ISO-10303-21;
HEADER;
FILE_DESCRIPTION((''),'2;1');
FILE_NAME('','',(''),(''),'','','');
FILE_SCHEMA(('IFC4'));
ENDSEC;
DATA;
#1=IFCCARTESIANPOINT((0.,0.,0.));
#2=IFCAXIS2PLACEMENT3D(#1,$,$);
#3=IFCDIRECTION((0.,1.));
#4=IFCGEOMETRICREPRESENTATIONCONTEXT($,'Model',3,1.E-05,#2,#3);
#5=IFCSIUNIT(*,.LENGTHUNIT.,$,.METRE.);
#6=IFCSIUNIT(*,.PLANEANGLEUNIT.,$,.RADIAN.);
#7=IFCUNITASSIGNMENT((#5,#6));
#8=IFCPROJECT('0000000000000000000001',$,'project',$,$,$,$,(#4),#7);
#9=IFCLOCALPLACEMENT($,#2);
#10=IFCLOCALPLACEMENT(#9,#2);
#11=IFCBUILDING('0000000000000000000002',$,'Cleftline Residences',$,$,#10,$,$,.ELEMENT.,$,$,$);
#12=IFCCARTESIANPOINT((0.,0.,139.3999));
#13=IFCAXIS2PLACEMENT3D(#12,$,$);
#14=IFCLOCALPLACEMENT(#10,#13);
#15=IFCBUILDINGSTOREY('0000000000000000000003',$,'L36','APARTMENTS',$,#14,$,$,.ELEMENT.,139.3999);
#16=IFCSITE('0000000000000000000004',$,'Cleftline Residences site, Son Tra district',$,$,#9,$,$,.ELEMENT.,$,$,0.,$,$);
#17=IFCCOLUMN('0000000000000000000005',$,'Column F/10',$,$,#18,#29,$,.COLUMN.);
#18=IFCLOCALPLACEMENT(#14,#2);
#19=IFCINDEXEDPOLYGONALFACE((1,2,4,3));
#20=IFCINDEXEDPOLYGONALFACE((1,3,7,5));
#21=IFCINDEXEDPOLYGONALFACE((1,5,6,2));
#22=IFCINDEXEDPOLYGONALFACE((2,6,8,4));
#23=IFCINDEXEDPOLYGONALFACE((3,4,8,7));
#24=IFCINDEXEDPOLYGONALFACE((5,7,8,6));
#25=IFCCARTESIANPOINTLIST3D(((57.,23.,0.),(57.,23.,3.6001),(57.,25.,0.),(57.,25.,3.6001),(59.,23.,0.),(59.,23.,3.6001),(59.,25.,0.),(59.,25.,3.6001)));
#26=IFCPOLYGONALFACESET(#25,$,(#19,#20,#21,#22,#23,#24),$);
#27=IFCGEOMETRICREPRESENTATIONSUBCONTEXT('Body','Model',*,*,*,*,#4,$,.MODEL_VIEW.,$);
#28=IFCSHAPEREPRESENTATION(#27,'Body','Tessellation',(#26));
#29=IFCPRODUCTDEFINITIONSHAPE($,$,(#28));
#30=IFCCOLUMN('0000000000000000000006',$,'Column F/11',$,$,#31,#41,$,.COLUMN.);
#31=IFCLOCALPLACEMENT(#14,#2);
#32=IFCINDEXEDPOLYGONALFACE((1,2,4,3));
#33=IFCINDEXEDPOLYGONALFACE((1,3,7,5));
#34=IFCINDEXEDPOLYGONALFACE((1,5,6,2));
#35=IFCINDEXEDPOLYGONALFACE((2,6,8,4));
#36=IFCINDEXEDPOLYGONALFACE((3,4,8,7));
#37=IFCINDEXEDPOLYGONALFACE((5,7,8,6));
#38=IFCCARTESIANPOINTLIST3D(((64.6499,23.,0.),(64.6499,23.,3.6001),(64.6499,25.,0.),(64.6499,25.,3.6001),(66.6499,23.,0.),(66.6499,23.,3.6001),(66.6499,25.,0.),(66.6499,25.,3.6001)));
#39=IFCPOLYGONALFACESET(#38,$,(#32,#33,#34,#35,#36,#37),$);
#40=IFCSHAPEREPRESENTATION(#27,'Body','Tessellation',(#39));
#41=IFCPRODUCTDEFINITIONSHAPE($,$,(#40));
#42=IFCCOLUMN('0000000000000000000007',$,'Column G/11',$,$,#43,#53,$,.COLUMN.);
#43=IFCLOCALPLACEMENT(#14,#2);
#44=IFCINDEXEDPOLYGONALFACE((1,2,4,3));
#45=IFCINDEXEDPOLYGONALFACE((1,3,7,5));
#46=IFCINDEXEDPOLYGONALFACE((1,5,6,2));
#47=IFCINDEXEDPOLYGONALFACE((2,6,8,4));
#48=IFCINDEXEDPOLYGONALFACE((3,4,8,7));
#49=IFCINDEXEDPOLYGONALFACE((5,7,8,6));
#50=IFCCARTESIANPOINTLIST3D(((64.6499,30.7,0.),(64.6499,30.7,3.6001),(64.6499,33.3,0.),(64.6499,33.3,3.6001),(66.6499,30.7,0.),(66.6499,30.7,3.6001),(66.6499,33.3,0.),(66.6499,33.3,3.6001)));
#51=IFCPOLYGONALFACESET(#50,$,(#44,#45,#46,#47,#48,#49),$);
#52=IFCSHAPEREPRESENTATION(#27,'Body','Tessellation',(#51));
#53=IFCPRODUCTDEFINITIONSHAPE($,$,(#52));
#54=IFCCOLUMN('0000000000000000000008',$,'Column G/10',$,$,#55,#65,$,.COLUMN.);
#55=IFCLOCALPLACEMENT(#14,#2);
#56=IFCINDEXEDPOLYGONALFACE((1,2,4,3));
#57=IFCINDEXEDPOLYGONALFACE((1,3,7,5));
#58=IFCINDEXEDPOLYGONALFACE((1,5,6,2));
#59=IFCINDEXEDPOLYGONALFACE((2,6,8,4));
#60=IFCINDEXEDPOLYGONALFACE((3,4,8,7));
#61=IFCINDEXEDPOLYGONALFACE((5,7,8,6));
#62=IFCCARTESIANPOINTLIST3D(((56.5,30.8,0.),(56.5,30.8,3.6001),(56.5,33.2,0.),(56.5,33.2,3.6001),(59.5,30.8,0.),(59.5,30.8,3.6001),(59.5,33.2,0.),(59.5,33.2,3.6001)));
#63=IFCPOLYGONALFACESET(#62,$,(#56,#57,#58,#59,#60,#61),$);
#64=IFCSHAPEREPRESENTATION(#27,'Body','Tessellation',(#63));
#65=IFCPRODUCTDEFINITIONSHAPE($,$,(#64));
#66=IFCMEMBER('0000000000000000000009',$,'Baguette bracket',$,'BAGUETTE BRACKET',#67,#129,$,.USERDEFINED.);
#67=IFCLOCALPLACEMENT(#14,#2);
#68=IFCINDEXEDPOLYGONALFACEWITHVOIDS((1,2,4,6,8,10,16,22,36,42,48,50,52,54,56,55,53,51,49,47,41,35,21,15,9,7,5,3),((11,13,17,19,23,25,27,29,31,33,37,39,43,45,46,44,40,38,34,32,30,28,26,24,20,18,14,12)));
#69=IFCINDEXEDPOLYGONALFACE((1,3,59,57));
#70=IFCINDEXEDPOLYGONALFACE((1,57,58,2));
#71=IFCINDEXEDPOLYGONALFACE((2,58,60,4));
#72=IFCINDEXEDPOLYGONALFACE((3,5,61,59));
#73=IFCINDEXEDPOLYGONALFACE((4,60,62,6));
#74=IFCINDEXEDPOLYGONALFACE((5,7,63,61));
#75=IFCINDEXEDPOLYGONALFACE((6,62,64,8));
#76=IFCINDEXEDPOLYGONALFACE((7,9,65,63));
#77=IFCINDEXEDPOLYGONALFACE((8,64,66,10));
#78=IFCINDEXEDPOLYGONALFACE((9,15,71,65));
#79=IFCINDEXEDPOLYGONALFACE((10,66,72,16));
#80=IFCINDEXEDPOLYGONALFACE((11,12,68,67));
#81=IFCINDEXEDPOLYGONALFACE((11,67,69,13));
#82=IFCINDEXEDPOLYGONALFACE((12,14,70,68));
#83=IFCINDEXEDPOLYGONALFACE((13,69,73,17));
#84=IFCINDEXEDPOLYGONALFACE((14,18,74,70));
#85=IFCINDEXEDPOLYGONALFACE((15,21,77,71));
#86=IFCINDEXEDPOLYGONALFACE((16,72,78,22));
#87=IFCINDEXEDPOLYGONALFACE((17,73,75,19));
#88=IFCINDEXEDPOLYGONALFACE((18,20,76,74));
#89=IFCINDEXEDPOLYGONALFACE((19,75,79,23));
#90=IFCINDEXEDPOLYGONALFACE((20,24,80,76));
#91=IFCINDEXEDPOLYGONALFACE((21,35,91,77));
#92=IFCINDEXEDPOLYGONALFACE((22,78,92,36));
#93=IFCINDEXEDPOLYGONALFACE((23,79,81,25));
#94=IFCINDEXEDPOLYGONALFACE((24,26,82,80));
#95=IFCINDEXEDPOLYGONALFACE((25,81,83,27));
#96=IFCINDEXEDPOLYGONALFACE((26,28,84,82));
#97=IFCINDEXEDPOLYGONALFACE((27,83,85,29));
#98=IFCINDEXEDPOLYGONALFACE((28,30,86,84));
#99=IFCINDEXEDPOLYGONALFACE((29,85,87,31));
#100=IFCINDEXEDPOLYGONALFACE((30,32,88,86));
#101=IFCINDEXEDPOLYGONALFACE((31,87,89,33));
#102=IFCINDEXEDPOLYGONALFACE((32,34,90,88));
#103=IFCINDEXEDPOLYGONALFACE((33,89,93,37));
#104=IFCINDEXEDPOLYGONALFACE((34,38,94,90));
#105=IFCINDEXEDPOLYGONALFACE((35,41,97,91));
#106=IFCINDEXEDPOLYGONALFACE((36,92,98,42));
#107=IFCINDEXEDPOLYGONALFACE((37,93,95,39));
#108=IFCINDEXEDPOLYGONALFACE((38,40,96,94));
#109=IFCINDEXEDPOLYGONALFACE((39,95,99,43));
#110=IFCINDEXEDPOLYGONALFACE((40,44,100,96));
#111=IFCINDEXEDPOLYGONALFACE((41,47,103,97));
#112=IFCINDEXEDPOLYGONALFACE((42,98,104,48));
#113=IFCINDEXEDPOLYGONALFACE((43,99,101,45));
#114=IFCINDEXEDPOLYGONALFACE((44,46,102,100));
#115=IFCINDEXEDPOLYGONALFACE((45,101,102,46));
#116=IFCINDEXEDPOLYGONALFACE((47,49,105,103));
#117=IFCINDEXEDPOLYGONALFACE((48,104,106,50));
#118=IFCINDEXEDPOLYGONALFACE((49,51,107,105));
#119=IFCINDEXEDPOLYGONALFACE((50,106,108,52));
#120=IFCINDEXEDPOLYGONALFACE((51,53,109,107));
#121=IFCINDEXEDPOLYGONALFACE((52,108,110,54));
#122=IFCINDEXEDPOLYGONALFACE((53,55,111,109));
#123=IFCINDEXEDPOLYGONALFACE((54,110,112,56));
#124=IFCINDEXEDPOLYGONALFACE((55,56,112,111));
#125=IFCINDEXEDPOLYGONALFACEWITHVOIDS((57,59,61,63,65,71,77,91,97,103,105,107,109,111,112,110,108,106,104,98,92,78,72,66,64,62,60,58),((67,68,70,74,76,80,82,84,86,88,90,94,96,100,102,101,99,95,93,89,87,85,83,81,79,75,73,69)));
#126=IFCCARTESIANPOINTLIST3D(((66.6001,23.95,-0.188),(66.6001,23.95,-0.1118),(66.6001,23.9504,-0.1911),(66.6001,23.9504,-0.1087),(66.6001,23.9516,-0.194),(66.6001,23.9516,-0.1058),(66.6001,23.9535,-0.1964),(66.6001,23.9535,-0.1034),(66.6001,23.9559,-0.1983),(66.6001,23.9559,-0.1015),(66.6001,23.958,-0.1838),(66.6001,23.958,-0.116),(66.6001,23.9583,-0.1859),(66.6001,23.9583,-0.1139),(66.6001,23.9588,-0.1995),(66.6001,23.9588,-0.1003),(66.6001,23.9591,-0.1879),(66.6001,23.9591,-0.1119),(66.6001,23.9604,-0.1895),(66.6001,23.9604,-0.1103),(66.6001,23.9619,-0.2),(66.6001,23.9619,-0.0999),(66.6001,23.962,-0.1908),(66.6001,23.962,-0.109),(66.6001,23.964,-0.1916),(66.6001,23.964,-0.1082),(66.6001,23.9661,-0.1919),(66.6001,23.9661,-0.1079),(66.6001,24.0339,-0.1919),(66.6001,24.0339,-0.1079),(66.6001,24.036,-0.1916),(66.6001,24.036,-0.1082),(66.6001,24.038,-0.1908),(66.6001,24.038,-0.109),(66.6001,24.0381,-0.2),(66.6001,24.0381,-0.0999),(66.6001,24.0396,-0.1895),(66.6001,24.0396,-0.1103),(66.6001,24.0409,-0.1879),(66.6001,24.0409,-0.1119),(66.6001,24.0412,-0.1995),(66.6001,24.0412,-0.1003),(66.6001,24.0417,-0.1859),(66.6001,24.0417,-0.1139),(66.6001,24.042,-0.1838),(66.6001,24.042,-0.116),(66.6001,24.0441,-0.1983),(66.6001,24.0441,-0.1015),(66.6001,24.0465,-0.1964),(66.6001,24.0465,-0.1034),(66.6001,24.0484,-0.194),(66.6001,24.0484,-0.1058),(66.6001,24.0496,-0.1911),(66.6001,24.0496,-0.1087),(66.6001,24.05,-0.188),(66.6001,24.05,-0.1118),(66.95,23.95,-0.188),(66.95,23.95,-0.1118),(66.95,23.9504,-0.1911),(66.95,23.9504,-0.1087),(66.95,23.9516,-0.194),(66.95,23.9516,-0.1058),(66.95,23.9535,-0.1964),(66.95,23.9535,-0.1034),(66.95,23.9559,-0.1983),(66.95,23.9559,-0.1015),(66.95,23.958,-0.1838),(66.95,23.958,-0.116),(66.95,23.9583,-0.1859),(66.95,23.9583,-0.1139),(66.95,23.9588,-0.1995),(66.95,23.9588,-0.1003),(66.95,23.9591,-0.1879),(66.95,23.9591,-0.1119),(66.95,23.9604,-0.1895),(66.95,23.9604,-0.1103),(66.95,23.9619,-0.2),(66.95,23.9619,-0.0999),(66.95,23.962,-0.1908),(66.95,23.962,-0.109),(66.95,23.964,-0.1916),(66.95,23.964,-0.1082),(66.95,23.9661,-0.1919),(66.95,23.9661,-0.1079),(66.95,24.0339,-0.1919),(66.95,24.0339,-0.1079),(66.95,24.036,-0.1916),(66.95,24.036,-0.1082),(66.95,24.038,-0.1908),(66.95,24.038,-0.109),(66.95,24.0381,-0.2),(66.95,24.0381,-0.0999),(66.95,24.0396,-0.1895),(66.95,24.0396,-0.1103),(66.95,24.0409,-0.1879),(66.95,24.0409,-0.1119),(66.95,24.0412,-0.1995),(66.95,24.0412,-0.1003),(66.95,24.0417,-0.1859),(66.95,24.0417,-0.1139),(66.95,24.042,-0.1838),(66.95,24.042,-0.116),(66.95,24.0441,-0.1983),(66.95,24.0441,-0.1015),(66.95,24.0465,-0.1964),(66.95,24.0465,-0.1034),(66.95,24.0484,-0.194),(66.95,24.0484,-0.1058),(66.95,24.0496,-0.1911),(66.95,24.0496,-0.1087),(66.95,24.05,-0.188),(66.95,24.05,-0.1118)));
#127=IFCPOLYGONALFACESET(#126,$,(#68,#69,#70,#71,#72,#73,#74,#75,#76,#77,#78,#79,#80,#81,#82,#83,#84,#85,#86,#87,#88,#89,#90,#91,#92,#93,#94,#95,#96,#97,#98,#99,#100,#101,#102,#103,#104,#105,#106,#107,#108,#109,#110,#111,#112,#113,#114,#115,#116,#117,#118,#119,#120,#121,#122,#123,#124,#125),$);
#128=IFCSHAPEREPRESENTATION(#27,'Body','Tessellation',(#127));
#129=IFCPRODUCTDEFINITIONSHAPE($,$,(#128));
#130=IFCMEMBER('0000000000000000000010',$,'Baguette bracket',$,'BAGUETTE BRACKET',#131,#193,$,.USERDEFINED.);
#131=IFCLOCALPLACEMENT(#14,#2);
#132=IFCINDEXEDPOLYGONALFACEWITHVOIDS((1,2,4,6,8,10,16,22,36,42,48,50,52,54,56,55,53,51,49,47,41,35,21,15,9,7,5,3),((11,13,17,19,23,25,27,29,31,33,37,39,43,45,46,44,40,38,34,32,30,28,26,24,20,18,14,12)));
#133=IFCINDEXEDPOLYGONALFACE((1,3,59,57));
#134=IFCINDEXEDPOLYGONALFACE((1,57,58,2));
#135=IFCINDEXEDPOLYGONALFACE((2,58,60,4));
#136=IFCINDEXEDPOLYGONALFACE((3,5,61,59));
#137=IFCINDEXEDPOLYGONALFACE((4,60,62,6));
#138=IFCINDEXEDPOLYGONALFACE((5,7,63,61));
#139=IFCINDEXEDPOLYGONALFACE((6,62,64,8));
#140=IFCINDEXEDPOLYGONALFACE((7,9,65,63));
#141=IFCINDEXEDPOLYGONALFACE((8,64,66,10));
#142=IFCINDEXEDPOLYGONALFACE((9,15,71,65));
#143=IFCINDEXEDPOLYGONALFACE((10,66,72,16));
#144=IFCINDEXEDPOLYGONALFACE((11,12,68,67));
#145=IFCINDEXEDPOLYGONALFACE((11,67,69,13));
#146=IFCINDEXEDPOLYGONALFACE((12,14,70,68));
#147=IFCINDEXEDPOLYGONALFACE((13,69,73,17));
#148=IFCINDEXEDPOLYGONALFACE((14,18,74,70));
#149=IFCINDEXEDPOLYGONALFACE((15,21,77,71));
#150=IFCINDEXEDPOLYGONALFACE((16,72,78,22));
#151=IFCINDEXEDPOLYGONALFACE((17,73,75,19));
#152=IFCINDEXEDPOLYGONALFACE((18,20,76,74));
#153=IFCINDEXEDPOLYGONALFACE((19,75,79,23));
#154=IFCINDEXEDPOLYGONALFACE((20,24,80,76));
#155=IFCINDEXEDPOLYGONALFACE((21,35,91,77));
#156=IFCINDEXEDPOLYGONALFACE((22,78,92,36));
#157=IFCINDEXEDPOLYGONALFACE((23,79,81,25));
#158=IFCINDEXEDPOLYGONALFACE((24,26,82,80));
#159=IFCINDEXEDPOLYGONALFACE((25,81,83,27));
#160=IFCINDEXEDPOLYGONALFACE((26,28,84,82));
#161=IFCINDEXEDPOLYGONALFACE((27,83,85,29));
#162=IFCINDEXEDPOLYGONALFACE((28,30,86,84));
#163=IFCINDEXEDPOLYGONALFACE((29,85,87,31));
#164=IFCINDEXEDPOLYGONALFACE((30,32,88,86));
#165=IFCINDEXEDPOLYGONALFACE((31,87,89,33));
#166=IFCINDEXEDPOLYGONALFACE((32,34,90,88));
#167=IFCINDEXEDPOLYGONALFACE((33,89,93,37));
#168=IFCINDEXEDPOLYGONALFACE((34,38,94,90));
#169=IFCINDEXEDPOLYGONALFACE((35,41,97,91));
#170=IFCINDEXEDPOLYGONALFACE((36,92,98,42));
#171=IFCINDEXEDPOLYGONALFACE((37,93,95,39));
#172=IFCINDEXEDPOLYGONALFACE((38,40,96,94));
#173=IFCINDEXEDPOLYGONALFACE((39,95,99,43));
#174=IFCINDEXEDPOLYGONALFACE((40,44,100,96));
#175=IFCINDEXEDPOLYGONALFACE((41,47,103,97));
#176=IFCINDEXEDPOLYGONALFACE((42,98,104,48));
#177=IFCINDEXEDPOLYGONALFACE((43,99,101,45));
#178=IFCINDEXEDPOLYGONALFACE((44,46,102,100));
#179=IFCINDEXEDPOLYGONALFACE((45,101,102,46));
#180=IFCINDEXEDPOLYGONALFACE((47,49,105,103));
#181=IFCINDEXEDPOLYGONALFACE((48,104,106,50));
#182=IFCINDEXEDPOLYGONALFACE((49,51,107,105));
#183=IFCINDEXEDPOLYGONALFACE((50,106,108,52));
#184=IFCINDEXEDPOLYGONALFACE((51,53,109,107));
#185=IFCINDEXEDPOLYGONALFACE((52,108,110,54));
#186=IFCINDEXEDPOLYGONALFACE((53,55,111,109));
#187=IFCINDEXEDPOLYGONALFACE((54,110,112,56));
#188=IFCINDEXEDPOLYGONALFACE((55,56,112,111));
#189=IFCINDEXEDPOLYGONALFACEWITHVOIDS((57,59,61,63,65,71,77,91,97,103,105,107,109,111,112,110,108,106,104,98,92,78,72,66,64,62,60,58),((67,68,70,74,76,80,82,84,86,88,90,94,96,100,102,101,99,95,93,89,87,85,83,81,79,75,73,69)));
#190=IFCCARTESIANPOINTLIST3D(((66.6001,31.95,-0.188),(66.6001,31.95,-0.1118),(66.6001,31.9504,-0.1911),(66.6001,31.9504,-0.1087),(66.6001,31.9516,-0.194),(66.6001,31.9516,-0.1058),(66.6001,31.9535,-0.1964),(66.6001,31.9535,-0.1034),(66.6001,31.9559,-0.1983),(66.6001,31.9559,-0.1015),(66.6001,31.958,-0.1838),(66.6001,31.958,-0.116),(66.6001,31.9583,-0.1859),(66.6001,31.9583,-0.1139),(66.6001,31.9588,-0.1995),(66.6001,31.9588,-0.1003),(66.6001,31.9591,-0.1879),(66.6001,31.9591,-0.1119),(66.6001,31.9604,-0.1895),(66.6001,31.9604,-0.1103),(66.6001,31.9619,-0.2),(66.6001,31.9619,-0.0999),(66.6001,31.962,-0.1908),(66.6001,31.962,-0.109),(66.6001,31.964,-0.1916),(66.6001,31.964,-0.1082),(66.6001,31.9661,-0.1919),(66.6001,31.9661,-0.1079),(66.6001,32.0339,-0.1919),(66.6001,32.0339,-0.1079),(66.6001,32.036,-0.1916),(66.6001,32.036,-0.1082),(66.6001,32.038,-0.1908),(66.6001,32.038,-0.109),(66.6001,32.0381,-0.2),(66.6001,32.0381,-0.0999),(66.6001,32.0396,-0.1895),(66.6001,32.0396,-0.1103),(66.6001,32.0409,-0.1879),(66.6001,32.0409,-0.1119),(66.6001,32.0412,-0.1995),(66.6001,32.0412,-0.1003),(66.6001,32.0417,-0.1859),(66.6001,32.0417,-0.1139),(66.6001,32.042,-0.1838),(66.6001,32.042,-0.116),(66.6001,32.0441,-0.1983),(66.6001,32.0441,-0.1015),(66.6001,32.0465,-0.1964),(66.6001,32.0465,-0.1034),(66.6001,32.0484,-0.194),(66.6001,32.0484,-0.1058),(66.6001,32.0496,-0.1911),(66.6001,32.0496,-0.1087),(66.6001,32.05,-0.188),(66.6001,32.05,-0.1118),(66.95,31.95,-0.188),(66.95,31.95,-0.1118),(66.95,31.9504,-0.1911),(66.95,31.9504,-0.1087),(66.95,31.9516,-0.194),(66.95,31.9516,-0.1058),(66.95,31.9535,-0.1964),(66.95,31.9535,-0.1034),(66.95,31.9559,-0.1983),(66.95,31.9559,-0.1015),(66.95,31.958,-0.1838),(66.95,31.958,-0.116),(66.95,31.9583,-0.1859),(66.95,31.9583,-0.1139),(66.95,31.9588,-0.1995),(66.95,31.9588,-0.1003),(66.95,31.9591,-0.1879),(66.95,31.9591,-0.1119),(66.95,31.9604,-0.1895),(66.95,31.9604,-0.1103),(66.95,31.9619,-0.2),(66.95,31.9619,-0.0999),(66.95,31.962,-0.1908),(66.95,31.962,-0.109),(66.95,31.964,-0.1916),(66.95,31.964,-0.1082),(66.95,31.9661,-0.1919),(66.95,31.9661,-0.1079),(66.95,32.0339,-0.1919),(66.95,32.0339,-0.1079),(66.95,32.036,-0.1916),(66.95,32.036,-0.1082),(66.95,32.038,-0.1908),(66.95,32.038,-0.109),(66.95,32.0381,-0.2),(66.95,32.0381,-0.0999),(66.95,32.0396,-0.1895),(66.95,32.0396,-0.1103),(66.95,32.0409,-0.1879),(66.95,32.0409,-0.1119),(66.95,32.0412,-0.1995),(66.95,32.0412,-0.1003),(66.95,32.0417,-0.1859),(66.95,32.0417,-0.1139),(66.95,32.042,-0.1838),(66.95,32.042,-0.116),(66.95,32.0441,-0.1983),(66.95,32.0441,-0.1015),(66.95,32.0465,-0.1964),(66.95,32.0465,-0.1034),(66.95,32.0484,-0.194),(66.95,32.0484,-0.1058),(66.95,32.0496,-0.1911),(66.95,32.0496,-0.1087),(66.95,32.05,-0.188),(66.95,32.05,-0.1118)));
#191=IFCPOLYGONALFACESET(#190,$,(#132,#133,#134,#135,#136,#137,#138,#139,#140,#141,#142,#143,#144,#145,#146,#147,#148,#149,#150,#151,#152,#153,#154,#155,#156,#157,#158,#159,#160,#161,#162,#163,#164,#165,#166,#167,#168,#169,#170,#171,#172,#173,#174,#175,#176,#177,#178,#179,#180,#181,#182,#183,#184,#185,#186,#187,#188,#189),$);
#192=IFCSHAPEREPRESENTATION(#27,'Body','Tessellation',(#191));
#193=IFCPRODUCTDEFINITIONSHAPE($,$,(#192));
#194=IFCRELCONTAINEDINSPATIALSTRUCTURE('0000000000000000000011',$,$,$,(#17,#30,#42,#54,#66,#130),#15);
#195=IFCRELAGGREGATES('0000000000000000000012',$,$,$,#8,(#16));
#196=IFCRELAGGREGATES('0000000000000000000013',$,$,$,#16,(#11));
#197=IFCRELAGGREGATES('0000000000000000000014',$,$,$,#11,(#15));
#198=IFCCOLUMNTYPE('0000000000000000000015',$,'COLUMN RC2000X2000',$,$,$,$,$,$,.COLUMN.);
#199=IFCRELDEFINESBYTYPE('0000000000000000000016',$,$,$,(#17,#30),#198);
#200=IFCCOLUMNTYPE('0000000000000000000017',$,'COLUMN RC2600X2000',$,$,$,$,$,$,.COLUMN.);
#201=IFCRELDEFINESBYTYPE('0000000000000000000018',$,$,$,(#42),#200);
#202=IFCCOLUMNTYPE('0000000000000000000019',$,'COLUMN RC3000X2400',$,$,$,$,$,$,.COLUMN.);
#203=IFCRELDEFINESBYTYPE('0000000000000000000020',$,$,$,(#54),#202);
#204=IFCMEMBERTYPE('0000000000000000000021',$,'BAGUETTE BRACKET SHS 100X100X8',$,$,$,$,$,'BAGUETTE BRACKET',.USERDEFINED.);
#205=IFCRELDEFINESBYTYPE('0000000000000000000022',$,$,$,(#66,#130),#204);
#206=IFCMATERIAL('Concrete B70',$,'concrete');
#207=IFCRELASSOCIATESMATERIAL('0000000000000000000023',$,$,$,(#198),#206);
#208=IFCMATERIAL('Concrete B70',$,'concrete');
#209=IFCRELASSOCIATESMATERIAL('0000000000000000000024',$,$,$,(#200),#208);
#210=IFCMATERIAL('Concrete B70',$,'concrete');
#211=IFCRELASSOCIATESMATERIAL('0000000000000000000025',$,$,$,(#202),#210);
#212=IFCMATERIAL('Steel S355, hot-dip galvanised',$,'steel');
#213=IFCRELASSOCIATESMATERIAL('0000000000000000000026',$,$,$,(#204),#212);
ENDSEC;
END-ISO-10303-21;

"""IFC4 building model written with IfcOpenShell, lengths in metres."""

from ifc_helpers import new_model, si_unit, direction, frame, origin, origin_2d, place, context, subcontext, project, spatial, rectangle, hollow_rectangle, extrude, material, material_profile, profile_set, type_object, element, save


model = new_model("IFC4")

# Units and contexts
model_context = context("Model", 3, precision=1e-05, world=origin(), true_north=direction((0.0, 1.0)))
body_context = subcontext(model_context, "Body", "Model", "MODEL_VIEW")
ifc_project = project(units=[si_unit("LENGTHUNIT", "METRE"), si_unit("PLANEANGLEUNIT", "RADIAN")], contexts=[model_context])

# Site, building, storey
site_placement = place(None, origin())
site = spatial("IfcSite", under=ifc_project, at=site_placement, Name="Cleftline Residences site, Son Tra district", CompositionType="ELEMENT", RefElevation=0.0)
building_placement = place(site_placement, origin())
building = spatial("IfcBuilding", under=site, at=building_placement, Name="Cleftline Residences", CompositionType="ELEMENT")
storey_placement = place(building_placement, frame((0.0, 0.0, 139.3999)))
storey = spatial("IfcBuildingStorey", under=building, at=storey_placement, Name="L36", Description="APARTMENTS", CompositionType="ELEMENT", Elevation=139.3999)

# Columns
ifc_material_1 = material(Name="Concrete B70", Category="concrete")
ifc_material_profile_1 = material_profile(ifc_material_1, rectangle(XDim=2.0, YDim=2.0, at=origin_2d()))
ifc_profile_set_1 = profile_set([ifc_material_profile_1], Name="Concrete B70")
column_type_1 = type_object("IfcColumnType", Name="COLUMN RC2000X2000", PredefinedType="COLUMN", material=ifc_profile_set_1)
for number, where, z_axis, x_axis, name in (
    (1, (58.0, 24.0, 0.0), (0.0, 0.0, 1.0), (1.0, 0.0, 0.0), "Column F/10"),
    (2, (65.6499, 24.0, 0.0), (0.0, 0.0, 1.0), (1.0, 0.0, 0.0), "Column F/11"),
):
    element("IfcColumn", number, at=place(storey_placement, frame(where, z_axis=z_axis, x_axis=x_axis)), inside=storey, type_object=column_type_1, Name=name, PredefinedType="COLUMN", context=body_context, shape_type="SweptSolid", body=[
        extrude(rectangle(XDim=2.0, YDim=2.0, at=origin_2d()), origin(), (0.0, 0.0, 1.0), 3.6001),
    ])
ifc_material_2 = material(Name="Concrete B70", Category="concrete")
ifc_material_profile_2 = material_profile(ifc_material_2, rectangle(XDim=2.6001, YDim=2.0, at=origin_2d()))
ifc_profile_set_2 = profile_set([ifc_material_profile_2], Name="Concrete B70")
column_type_2 = type_object("IfcColumnType", Name="COLUMN RC2600X2000", PredefinedType="COLUMN", material=ifc_profile_set_2)
column_1_placement = place(storey_placement, frame((65.6499, 32.0, 0.0), z_axis=(0.0, 0.0, 1.0), x_axis=(0.0, 1.0, 0.0)))
element("IfcColumn", 3, at=column_1_placement, inside=storey, type_object=column_type_2, Name="Column G/11", PredefinedType="COLUMN", context=body_context, shape_type="SweptSolid", body=[
    extrude(rectangle(XDim=2.6001, YDim=2.0, at=origin_2d()), origin(), (0.0, 0.0, 1.0), 3.6001),
])
ifc_material_3 = material(Name="Concrete B70", Category="concrete")
ifc_material_profile_3 = material_profile(ifc_material_3, rectangle(XDim=3.0, YDim=2.3999, at=origin_2d()))
ifc_profile_set_3 = profile_set([ifc_material_profile_3], Name="Concrete B70")
column_type_3 = type_object("IfcColumnType", Name="COLUMN RC3000X2400", PredefinedType="COLUMN", material=ifc_profile_set_3)
column_2_placement = place(storey_placement, frame((58.0, 32.0, 0.0), z_axis=(0.0, 0.0, 1.0), x_axis=(1.0, 0.0, 0.0)))
element("IfcColumn", 4, at=column_2_placement, inside=storey, type_object=column_type_3, Name="Column G/10", PredefinedType="COLUMN", context=body_context, shape_type="SweptSolid", body=[
    extrude(rectangle(XDim=3.0, YDim=2.3999, at=origin_2d()), origin(), (0.0, 0.0, 1.0), 3.6001),
])

# Members
ifc_material_4 = material(Name="Steel S355, hot-dip galvanised", Category="steel")
ifc_material_profile_4 = material_profile(ifc_material_4, hollow_rectangle(XDim=0.1001, YDim=0.1001, WallThickness=0.0081, InnerFilletRadius=0.0081, OuterFilletRadius=0.012, at=origin_2d()))
ifc_profile_set_4 = profile_set([ifc_material_profile_4], Name="Steel S355, hot-dip galvanised")
member_type_1 = type_object("IfcMemberType", Name="BAGUETTE BRACKET SHS 100X100X8", ElementType="BAGUETTE BRACKET", PredefinedType="USERDEFINED", material=ifc_profile_set_4)
for number, where, z_axis, x_axis, name in (
    (5, (66.6001, 24.0, -0.1499), (1.0, 0.0, 0.0), (0.0, 1.0, 0.0), "Baguette bracket"),
    (6, (66.6001, 32.0, -0.1499), (1.0, 0.0, 0.0), (0.0, 1.0, 0.0), "Baguette bracket"),
):
    element("IfcMember", number, at=place(storey_placement, frame(where, z_axis=z_axis, x_axis=x_axis)), inside=storey, type_object=member_type_1, Name=name, ObjectType="BAGUETTE BRACKET", PredefinedType="USERDEFINED", context=body_context, shape_type="SweptSolid", body=[
        extrude(hollow_rectangle(XDim=0.1001, YDim=0.1001, WallThickness=0.0081, InnerFilletRadius=0.0081, OuterFilletRadius=0.012, at=origin_2d()), origin(), (0.0, 0.0, 1.0), 0.3499),
    ])

save(model, "model.ifc")
